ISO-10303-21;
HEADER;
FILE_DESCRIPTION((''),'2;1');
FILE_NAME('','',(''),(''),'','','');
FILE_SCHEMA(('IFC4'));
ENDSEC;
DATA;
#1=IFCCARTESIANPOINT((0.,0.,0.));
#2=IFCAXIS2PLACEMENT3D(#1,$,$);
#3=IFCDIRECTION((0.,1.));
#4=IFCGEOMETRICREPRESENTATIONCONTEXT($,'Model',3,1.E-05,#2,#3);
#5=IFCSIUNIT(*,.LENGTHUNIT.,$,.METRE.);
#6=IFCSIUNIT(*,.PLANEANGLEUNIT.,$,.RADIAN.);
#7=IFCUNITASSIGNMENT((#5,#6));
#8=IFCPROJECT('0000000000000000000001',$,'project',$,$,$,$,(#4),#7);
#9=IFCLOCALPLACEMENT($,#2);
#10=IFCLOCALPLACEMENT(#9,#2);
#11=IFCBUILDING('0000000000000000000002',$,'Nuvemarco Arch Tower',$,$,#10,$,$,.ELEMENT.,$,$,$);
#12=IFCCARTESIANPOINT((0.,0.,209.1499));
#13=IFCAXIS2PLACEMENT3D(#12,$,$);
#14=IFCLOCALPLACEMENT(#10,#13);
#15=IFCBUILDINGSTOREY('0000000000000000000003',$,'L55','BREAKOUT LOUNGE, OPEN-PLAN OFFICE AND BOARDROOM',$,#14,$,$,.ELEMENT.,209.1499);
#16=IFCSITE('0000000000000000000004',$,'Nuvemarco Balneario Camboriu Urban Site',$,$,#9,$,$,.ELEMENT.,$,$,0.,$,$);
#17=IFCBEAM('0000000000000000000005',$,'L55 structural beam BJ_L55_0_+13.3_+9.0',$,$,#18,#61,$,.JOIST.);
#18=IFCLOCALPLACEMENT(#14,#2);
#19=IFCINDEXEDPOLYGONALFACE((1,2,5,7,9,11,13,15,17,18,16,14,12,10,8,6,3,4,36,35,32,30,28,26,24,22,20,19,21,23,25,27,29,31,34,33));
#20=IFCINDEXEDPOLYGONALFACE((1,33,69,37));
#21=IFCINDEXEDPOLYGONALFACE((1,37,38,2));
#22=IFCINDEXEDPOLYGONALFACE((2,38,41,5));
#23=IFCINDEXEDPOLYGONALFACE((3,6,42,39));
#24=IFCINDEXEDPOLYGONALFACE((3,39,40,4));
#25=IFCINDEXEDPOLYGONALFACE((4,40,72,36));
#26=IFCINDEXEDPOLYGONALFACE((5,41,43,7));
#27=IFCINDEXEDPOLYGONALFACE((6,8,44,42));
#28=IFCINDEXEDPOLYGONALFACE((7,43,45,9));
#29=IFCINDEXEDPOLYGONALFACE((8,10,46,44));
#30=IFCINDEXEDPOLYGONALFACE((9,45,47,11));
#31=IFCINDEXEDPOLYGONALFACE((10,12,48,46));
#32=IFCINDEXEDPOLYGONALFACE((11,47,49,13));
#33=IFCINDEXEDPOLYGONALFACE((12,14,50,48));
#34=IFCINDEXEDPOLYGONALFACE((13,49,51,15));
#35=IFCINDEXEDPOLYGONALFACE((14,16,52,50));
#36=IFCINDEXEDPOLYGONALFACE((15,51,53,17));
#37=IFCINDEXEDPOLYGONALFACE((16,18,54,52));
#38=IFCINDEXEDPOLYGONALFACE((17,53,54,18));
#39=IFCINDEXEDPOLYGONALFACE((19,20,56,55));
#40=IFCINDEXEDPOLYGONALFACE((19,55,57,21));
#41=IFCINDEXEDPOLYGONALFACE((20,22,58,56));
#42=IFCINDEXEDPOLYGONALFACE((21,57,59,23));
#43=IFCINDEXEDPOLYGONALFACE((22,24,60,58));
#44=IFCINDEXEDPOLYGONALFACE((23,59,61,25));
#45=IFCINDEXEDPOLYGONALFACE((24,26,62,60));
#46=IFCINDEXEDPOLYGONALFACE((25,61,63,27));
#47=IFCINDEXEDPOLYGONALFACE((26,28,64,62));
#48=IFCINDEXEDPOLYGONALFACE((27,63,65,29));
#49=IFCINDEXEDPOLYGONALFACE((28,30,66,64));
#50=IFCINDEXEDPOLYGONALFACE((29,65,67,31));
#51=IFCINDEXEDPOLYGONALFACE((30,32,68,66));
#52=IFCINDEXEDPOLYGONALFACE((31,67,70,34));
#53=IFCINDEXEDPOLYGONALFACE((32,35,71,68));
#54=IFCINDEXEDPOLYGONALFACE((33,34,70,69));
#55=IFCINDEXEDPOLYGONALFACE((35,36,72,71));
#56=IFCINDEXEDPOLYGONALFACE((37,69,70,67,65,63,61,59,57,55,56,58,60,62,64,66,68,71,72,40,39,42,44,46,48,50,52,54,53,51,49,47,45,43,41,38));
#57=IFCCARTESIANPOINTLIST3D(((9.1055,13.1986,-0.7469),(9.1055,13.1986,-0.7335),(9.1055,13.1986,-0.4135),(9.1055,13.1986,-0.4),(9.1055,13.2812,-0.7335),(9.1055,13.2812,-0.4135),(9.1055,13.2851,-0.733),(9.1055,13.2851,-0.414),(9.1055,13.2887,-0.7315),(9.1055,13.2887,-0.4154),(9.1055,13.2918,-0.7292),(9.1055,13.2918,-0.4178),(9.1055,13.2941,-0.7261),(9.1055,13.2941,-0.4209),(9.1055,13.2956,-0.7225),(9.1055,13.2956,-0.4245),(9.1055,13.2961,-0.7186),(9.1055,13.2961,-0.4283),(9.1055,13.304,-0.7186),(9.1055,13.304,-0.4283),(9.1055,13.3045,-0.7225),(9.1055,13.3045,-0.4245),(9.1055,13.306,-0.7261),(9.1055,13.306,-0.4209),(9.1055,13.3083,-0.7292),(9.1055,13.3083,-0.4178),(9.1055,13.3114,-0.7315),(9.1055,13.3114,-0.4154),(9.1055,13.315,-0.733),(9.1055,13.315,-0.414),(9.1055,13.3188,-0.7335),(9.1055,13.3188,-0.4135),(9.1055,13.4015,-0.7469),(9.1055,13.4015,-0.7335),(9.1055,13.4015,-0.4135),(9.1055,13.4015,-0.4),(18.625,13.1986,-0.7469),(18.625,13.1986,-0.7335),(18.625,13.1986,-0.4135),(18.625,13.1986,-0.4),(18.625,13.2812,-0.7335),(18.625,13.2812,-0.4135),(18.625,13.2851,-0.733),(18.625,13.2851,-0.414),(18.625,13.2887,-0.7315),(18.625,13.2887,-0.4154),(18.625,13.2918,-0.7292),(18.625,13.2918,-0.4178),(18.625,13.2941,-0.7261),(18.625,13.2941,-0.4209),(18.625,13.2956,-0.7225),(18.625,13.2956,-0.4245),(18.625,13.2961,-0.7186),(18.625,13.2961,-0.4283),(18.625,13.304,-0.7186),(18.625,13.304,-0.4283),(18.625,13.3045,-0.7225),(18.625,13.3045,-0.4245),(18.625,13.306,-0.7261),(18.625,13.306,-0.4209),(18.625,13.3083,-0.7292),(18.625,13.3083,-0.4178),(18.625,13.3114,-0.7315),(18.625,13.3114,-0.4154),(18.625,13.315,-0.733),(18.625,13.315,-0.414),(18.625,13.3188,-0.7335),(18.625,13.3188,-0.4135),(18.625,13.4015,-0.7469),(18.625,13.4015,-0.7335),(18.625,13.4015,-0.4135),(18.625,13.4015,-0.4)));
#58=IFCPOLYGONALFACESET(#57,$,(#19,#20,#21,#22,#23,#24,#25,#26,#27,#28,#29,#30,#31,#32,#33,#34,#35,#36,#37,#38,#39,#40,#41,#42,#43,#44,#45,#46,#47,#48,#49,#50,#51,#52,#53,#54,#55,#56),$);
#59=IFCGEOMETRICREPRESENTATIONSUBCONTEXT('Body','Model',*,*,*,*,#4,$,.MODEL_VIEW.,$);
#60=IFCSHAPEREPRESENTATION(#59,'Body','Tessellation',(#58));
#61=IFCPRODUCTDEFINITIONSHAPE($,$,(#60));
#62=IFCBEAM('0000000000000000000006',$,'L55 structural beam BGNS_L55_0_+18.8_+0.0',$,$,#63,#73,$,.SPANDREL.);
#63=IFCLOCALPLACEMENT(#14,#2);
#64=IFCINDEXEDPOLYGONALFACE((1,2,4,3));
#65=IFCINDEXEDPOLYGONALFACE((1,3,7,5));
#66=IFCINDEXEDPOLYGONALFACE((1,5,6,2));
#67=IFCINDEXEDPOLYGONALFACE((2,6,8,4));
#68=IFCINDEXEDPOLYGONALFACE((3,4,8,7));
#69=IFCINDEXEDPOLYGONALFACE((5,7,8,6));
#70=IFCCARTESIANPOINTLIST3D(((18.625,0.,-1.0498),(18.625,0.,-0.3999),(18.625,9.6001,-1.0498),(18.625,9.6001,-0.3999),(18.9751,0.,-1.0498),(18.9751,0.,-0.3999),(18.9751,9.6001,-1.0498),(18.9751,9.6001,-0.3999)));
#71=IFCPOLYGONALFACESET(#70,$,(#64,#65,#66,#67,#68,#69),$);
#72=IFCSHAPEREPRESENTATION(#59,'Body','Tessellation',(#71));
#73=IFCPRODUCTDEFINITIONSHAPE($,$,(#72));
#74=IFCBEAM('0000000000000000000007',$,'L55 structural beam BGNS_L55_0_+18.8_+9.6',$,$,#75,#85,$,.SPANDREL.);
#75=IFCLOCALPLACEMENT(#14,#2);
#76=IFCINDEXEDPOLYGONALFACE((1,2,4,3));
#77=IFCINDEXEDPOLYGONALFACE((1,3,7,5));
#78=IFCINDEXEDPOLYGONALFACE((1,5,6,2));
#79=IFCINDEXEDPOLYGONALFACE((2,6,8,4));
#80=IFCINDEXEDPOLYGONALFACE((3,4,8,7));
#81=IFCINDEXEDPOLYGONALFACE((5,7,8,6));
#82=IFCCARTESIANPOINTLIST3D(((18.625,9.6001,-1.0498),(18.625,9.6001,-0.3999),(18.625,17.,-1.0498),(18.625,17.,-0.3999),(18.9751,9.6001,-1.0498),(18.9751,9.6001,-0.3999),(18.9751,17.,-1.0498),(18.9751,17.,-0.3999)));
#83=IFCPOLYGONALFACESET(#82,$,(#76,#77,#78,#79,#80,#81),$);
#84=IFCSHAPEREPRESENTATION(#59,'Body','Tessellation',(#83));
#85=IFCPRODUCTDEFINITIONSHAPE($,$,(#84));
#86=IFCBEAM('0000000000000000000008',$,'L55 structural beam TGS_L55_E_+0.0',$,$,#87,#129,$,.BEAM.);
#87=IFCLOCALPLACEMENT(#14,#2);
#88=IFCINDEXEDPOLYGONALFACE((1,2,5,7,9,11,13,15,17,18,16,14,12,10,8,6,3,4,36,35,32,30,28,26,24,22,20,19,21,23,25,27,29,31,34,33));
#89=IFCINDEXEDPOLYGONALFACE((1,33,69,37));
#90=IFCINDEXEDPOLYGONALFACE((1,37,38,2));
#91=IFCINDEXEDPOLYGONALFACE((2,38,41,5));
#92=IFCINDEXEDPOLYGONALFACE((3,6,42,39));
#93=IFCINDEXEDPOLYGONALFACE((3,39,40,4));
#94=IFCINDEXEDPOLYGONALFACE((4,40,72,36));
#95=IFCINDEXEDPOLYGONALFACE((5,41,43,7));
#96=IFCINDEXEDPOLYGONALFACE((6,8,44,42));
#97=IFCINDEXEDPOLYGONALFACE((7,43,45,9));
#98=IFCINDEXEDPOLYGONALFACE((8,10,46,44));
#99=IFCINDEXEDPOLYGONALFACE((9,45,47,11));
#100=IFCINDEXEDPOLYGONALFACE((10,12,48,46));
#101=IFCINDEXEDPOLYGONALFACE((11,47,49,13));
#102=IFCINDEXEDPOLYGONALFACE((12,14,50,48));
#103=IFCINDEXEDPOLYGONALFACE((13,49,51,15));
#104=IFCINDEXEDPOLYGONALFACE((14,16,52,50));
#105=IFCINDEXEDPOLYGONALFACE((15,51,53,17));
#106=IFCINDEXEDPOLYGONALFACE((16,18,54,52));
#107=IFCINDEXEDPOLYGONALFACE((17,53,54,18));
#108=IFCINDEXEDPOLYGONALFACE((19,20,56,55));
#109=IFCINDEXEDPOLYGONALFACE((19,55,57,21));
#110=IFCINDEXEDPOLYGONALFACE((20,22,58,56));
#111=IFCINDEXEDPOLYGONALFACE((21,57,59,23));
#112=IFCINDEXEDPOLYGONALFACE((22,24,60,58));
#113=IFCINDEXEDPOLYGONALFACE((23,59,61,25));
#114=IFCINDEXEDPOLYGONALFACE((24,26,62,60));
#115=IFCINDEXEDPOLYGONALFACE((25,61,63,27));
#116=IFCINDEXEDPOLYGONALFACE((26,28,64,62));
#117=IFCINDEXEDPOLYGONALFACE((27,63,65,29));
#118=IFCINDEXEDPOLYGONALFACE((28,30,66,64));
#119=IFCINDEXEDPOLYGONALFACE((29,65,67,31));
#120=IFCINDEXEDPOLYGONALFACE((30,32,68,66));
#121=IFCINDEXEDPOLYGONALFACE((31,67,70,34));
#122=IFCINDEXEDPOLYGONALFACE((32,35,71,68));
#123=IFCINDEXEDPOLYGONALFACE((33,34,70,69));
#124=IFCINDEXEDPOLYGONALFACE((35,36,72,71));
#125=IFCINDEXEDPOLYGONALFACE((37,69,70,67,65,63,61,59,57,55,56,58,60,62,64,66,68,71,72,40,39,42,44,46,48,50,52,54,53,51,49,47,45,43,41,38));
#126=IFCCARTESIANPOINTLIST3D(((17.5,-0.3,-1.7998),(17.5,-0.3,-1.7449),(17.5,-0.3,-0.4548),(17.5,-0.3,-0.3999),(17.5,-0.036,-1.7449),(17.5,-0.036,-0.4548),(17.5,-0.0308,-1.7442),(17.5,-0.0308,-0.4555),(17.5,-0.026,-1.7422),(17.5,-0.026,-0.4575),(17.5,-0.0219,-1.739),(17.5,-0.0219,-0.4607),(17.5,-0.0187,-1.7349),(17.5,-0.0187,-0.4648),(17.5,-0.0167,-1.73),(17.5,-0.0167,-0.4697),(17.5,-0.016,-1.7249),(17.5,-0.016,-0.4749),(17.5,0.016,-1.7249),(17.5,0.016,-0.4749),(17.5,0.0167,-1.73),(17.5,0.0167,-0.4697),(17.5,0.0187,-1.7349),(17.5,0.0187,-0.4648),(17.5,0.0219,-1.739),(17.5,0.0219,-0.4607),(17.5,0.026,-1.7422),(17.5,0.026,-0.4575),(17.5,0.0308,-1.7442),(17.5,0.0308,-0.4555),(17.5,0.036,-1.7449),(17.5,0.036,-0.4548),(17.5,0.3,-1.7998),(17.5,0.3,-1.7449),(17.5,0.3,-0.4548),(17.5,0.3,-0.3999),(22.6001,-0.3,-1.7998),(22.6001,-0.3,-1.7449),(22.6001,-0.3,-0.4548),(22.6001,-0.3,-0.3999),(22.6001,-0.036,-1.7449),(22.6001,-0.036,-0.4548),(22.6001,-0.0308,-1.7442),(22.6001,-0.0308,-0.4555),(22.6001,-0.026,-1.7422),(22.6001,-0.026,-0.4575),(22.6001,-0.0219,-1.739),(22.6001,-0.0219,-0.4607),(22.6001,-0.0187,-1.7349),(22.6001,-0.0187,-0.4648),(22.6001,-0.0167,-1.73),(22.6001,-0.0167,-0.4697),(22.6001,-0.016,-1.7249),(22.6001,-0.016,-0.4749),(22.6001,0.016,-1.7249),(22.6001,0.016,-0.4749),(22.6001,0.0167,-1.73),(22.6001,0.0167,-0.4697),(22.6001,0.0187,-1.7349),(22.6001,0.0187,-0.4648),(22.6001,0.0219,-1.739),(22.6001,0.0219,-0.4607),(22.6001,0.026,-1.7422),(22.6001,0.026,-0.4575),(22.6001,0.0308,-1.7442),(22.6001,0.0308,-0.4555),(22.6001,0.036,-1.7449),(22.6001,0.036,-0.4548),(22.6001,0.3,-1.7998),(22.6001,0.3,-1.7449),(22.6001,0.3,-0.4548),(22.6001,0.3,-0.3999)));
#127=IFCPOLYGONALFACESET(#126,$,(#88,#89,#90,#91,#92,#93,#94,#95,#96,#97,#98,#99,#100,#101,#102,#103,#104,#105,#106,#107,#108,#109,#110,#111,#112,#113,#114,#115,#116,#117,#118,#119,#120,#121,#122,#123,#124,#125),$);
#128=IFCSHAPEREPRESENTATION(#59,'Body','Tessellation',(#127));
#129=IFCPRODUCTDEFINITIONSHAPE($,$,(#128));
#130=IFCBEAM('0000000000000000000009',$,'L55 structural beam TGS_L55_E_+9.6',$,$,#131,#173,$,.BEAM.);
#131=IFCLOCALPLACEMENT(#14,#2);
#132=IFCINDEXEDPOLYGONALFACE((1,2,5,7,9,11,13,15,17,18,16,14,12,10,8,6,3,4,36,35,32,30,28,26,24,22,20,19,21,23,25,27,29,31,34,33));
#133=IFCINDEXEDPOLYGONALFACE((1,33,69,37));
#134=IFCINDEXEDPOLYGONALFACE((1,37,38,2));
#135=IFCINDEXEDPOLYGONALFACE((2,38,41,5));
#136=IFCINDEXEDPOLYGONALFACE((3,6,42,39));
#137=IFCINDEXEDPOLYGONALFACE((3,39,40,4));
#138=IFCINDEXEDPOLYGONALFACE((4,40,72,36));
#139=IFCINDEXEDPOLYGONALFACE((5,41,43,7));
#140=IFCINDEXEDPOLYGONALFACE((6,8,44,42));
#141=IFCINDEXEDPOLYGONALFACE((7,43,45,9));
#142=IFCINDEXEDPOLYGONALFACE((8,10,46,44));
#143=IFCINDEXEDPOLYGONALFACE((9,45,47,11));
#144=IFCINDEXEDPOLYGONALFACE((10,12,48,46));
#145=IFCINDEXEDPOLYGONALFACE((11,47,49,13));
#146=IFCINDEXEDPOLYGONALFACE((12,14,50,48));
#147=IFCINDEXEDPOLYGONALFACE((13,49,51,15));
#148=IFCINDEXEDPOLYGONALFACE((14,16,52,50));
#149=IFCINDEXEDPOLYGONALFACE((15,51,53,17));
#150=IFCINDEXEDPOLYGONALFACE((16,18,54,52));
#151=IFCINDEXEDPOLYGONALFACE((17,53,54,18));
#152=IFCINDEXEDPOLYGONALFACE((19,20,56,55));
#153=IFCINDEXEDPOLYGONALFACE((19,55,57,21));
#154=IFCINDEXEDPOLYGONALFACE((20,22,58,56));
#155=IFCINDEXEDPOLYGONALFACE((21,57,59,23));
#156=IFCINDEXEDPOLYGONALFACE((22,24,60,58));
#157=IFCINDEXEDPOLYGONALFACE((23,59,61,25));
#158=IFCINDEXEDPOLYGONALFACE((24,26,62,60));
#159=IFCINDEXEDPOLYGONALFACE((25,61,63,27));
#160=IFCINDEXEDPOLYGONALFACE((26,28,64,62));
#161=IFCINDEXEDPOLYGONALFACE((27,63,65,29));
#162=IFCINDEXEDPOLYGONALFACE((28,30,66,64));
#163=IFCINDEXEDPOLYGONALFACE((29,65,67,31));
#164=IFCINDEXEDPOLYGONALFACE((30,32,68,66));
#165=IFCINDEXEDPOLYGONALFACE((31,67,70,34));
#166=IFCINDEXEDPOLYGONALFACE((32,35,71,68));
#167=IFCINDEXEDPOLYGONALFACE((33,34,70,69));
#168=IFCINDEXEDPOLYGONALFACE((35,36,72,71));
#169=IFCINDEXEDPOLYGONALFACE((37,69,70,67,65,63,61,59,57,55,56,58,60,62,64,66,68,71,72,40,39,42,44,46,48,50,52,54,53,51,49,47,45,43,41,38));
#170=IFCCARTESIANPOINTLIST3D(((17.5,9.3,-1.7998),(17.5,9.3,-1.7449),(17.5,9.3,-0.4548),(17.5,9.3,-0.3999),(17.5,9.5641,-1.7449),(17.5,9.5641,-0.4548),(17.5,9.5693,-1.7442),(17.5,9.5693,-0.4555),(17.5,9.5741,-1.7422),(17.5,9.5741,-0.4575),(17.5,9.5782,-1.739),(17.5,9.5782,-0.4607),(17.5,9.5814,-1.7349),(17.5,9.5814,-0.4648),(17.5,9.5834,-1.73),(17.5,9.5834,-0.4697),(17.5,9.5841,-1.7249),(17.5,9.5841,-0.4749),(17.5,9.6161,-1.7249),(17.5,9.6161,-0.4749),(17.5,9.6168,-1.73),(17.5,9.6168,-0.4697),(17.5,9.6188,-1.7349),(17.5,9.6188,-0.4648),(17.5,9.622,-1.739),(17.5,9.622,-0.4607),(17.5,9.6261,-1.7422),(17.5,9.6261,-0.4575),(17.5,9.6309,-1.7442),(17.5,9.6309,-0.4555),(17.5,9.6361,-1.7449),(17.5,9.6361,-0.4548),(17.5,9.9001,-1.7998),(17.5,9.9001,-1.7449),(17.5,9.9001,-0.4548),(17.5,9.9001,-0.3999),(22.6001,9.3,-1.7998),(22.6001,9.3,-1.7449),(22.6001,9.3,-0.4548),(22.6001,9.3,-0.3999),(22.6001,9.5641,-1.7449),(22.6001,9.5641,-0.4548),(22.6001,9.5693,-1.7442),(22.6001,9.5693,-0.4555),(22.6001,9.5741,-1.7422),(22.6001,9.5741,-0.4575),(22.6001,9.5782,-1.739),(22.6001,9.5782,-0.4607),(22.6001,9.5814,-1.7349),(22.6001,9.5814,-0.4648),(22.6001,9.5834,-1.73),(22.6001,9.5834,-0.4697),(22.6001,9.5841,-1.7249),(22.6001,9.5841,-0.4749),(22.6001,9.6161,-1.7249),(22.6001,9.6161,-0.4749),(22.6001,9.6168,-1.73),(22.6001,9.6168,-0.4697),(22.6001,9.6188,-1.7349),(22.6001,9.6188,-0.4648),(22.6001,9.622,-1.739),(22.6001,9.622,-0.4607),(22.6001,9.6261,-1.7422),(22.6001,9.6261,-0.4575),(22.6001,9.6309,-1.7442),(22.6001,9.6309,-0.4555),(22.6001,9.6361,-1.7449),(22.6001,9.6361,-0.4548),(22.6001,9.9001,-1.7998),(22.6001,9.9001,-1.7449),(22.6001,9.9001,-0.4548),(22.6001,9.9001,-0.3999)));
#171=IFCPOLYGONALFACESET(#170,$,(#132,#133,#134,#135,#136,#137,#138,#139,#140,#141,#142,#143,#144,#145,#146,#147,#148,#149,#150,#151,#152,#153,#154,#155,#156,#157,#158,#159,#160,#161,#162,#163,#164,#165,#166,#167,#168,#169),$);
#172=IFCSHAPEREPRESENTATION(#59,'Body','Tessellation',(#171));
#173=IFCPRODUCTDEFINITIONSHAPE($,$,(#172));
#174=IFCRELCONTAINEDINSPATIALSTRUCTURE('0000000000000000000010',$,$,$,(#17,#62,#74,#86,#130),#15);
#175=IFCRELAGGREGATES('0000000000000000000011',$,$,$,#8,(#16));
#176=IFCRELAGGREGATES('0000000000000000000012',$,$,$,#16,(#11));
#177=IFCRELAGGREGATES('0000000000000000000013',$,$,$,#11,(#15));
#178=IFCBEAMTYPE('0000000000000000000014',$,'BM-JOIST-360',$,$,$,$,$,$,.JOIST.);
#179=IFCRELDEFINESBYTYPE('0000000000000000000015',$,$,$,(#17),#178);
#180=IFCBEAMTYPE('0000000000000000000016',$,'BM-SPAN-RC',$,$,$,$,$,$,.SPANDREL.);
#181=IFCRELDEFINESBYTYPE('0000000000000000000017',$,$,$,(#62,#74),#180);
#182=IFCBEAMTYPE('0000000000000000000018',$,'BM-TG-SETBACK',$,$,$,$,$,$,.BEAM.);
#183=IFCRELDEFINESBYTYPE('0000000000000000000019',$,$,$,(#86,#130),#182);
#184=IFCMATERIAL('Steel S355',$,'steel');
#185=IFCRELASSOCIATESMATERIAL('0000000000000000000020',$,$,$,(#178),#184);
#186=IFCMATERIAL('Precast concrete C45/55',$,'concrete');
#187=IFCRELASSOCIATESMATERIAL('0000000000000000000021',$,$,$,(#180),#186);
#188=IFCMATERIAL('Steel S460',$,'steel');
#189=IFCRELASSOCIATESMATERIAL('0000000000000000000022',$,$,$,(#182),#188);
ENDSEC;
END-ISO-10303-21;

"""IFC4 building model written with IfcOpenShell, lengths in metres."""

from ifc_helpers import new_model, si_unit, direction, frame, origin, origin_2d, place, context, subcontext, project, spatial, rectangle, i_section, extrude, material, material_profile, profile_set, type_object, element, save


model = new_model("IFC4")

# Units and contexts
model_context = context("Model", 3, precision=1e-05, world=origin(), true_north=direction((0.0, 1.0)))
body_context = subcontext(model_context, "Body", "Model", "MODEL_VIEW")
ifc_project = project(units=[si_unit("LENGTHUNIT", "METRE"), si_unit("PLANEANGLEUNIT", "RADIAN")], contexts=[model_context])

# Site, building, storey
site_placement = place(None, origin())
site = spatial("IfcSite", under=ifc_project, at=site_placement, Name="Nuvemarco Balneario Camboriu Urban Site", CompositionType="ELEMENT", RefElevation=0.0)
building_placement = place(site_placement, origin())
building = spatial("IfcBuilding", under=site, at=building_placement, Name="Nuvemarco Arch Tower", CompositionType="ELEMENT")
storey_placement = place(building_placement, frame((0.0, 0.0, 209.1499)))
storey = spatial("IfcBuildingStorey", under=building, at=storey_placement, Name="L55", Description="BREAKOUT LOUNGE, OPEN-PLAN OFFICE AND BOARDROOM", CompositionType="ELEMENT", Elevation=209.1499)

# Shared definitions
ifc_material_1 = material(Name="Steel S355", Category="steel")

# Beams
ifc_material_profile_1 = material_profile(ifc_material_1, i_section(OverallWidth=0.2029, OverallDepth=0.3469, WebThickness=0.0078, FlangeThickness=0.0134, FilletRadius=0.0149, at=origin_2d()), Name="W360x64")
ifc_profile_set_1 = profile_set([ifc_material_profile_1], Name="Steel S355")
beam_type_1 = type_object("IfcBeamType", Name="BM-JOIST-360", PredefinedType="JOIST", material=ifc_profile_set_1)
beam_1_placement = place(storey_placement, frame((9.1055, 13.3, -0.5735), z_axis=(1.0, 0.0, 0.0), x_axis=(0.0, 1.0, 0.0)))
element("IfcBeam", 1, at=beam_1_placement, inside=storey, type_object=beam_type_1, Name="L55 structural beam BJ_L55_0_+13.3_+9.0", PredefinedType="JOIST", context=body_context, shape_type="SweptSolid", body=[
    extrude(i_section(OverallWidth=0.2029, OverallDepth=0.3469, WebThickness=0.0078, FlangeThickness=0.0134, FilletRadius=0.0149, at=origin_2d()), origin(), (0.0, 0.0, 1.0), 9.5195),
])
ifc_material_2 = material(Name="Precast concrete C45/55", Category="concrete")
ifc_material_profile_2 = material_profile(ifc_material_2, rectangle(XDim=0.3501, YDim=0.6499, at=origin_2d()), Name="PC-SP-350x650")
ifc_profile_set_2 = profile_set([ifc_material_profile_2], Name="Precast concrete C45/55")
beam_type_2 = type_object("IfcBeamType", Name="BM-SPAN-RC", PredefinedType="SPANDREL", material=ifc_profile_set_2)
beam_2_placement = place(storey_placement, frame((18.8, 0.0, -0.7249), z_axis=(0.0, 1.0, 0.0), x_axis=(-1.0, 0.0, 0.0)))
element("IfcBeam", 2, at=beam_2_placement, inside=storey, type_object=beam_type_2, Name="L55 structural beam BGNS_L55_0_+18.8_+0.0", PredefinedType="SPANDREL", context=body_context, shape_type="SweptSolid", body=[
    extrude(rectangle(XDim=0.3501, YDim=0.6499, at=origin_2d()), origin(), (0.0, 0.0, 1.0), 9.6001),
])
beam_3_placement = place(storey_placement, frame((18.8, 9.6001, -0.7249), z_axis=(0.0, 1.0, 0.0), x_axis=(-1.0, 0.0, 0.0)))
element("IfcBeam", 3, at=beam_3_placement, inside=storey, type_object=beam_type_2, Name="L55 structural beam BGNS_L55_0_+18.8_+9.6", PredefinedType="SPANDREL", context=body_context, shape_type="SweptSolid", body=[
    extrude(rectangle(XDim=0.3501, YDim=0.6499, at=origin_2d()), origin(), (0.0, 0.0, 1.0), 7.3999),
])
ifc_material_3 = material(Name="Steel S460", Category="steel")
ifc_material_profile_3 = material_profile(ifc_material_3, i_section(OverallWidth=0.6001, OverallDepth=1.3999, WebThickness=0.032, FlangeThickness=0.0549, FilletRadius=0.02, at=origin_2d()), Name="PG1400x600")
ifc_profile_set_3 = profile_set([ifc_material_profile_3], Name="Steel S460")
beam_type_3 = type_object("IfcBeamType", Name="BM-TG-SETBACK", PredefinedType="BEAM", material=ifc_profile_set_3)
for number, where, z_axis, x_axis, name in (
    (4, (17.5, 0.0, -1.0999), (1.0, 0.0, 0.0), (0.0, 1.0, 0.0), "L55 structural beam TGS_L55_E_+0.0"),
    (5, (17.5, 9.6001, -1.0999), (1.0, 0.0, 0.0), (0.0, 1.0, 0.0), "L55 structural beam TGS_L55_E_+9.6"),
):
    element("IfcBeam", number, at=place(storey_placement, frame(where, z_axis=z_axis, x_axis=x_axis)), inside=storey, type_object=beam_type_3, Name=name, PredefinedType="BEAM", context=body_context, shape_type="SweptSolid", body=[
        extrude(i_section(OverallWidth=0.6001, OverallDepth=1.3999, WebThickness=0.032, FlangeThickness=0.0549, FilletRadius=0.02, at=origin_2d()), origin(), (0.0, 0.0, 1.0), 5.1001),
    ])

save(model, "model.ifc")
